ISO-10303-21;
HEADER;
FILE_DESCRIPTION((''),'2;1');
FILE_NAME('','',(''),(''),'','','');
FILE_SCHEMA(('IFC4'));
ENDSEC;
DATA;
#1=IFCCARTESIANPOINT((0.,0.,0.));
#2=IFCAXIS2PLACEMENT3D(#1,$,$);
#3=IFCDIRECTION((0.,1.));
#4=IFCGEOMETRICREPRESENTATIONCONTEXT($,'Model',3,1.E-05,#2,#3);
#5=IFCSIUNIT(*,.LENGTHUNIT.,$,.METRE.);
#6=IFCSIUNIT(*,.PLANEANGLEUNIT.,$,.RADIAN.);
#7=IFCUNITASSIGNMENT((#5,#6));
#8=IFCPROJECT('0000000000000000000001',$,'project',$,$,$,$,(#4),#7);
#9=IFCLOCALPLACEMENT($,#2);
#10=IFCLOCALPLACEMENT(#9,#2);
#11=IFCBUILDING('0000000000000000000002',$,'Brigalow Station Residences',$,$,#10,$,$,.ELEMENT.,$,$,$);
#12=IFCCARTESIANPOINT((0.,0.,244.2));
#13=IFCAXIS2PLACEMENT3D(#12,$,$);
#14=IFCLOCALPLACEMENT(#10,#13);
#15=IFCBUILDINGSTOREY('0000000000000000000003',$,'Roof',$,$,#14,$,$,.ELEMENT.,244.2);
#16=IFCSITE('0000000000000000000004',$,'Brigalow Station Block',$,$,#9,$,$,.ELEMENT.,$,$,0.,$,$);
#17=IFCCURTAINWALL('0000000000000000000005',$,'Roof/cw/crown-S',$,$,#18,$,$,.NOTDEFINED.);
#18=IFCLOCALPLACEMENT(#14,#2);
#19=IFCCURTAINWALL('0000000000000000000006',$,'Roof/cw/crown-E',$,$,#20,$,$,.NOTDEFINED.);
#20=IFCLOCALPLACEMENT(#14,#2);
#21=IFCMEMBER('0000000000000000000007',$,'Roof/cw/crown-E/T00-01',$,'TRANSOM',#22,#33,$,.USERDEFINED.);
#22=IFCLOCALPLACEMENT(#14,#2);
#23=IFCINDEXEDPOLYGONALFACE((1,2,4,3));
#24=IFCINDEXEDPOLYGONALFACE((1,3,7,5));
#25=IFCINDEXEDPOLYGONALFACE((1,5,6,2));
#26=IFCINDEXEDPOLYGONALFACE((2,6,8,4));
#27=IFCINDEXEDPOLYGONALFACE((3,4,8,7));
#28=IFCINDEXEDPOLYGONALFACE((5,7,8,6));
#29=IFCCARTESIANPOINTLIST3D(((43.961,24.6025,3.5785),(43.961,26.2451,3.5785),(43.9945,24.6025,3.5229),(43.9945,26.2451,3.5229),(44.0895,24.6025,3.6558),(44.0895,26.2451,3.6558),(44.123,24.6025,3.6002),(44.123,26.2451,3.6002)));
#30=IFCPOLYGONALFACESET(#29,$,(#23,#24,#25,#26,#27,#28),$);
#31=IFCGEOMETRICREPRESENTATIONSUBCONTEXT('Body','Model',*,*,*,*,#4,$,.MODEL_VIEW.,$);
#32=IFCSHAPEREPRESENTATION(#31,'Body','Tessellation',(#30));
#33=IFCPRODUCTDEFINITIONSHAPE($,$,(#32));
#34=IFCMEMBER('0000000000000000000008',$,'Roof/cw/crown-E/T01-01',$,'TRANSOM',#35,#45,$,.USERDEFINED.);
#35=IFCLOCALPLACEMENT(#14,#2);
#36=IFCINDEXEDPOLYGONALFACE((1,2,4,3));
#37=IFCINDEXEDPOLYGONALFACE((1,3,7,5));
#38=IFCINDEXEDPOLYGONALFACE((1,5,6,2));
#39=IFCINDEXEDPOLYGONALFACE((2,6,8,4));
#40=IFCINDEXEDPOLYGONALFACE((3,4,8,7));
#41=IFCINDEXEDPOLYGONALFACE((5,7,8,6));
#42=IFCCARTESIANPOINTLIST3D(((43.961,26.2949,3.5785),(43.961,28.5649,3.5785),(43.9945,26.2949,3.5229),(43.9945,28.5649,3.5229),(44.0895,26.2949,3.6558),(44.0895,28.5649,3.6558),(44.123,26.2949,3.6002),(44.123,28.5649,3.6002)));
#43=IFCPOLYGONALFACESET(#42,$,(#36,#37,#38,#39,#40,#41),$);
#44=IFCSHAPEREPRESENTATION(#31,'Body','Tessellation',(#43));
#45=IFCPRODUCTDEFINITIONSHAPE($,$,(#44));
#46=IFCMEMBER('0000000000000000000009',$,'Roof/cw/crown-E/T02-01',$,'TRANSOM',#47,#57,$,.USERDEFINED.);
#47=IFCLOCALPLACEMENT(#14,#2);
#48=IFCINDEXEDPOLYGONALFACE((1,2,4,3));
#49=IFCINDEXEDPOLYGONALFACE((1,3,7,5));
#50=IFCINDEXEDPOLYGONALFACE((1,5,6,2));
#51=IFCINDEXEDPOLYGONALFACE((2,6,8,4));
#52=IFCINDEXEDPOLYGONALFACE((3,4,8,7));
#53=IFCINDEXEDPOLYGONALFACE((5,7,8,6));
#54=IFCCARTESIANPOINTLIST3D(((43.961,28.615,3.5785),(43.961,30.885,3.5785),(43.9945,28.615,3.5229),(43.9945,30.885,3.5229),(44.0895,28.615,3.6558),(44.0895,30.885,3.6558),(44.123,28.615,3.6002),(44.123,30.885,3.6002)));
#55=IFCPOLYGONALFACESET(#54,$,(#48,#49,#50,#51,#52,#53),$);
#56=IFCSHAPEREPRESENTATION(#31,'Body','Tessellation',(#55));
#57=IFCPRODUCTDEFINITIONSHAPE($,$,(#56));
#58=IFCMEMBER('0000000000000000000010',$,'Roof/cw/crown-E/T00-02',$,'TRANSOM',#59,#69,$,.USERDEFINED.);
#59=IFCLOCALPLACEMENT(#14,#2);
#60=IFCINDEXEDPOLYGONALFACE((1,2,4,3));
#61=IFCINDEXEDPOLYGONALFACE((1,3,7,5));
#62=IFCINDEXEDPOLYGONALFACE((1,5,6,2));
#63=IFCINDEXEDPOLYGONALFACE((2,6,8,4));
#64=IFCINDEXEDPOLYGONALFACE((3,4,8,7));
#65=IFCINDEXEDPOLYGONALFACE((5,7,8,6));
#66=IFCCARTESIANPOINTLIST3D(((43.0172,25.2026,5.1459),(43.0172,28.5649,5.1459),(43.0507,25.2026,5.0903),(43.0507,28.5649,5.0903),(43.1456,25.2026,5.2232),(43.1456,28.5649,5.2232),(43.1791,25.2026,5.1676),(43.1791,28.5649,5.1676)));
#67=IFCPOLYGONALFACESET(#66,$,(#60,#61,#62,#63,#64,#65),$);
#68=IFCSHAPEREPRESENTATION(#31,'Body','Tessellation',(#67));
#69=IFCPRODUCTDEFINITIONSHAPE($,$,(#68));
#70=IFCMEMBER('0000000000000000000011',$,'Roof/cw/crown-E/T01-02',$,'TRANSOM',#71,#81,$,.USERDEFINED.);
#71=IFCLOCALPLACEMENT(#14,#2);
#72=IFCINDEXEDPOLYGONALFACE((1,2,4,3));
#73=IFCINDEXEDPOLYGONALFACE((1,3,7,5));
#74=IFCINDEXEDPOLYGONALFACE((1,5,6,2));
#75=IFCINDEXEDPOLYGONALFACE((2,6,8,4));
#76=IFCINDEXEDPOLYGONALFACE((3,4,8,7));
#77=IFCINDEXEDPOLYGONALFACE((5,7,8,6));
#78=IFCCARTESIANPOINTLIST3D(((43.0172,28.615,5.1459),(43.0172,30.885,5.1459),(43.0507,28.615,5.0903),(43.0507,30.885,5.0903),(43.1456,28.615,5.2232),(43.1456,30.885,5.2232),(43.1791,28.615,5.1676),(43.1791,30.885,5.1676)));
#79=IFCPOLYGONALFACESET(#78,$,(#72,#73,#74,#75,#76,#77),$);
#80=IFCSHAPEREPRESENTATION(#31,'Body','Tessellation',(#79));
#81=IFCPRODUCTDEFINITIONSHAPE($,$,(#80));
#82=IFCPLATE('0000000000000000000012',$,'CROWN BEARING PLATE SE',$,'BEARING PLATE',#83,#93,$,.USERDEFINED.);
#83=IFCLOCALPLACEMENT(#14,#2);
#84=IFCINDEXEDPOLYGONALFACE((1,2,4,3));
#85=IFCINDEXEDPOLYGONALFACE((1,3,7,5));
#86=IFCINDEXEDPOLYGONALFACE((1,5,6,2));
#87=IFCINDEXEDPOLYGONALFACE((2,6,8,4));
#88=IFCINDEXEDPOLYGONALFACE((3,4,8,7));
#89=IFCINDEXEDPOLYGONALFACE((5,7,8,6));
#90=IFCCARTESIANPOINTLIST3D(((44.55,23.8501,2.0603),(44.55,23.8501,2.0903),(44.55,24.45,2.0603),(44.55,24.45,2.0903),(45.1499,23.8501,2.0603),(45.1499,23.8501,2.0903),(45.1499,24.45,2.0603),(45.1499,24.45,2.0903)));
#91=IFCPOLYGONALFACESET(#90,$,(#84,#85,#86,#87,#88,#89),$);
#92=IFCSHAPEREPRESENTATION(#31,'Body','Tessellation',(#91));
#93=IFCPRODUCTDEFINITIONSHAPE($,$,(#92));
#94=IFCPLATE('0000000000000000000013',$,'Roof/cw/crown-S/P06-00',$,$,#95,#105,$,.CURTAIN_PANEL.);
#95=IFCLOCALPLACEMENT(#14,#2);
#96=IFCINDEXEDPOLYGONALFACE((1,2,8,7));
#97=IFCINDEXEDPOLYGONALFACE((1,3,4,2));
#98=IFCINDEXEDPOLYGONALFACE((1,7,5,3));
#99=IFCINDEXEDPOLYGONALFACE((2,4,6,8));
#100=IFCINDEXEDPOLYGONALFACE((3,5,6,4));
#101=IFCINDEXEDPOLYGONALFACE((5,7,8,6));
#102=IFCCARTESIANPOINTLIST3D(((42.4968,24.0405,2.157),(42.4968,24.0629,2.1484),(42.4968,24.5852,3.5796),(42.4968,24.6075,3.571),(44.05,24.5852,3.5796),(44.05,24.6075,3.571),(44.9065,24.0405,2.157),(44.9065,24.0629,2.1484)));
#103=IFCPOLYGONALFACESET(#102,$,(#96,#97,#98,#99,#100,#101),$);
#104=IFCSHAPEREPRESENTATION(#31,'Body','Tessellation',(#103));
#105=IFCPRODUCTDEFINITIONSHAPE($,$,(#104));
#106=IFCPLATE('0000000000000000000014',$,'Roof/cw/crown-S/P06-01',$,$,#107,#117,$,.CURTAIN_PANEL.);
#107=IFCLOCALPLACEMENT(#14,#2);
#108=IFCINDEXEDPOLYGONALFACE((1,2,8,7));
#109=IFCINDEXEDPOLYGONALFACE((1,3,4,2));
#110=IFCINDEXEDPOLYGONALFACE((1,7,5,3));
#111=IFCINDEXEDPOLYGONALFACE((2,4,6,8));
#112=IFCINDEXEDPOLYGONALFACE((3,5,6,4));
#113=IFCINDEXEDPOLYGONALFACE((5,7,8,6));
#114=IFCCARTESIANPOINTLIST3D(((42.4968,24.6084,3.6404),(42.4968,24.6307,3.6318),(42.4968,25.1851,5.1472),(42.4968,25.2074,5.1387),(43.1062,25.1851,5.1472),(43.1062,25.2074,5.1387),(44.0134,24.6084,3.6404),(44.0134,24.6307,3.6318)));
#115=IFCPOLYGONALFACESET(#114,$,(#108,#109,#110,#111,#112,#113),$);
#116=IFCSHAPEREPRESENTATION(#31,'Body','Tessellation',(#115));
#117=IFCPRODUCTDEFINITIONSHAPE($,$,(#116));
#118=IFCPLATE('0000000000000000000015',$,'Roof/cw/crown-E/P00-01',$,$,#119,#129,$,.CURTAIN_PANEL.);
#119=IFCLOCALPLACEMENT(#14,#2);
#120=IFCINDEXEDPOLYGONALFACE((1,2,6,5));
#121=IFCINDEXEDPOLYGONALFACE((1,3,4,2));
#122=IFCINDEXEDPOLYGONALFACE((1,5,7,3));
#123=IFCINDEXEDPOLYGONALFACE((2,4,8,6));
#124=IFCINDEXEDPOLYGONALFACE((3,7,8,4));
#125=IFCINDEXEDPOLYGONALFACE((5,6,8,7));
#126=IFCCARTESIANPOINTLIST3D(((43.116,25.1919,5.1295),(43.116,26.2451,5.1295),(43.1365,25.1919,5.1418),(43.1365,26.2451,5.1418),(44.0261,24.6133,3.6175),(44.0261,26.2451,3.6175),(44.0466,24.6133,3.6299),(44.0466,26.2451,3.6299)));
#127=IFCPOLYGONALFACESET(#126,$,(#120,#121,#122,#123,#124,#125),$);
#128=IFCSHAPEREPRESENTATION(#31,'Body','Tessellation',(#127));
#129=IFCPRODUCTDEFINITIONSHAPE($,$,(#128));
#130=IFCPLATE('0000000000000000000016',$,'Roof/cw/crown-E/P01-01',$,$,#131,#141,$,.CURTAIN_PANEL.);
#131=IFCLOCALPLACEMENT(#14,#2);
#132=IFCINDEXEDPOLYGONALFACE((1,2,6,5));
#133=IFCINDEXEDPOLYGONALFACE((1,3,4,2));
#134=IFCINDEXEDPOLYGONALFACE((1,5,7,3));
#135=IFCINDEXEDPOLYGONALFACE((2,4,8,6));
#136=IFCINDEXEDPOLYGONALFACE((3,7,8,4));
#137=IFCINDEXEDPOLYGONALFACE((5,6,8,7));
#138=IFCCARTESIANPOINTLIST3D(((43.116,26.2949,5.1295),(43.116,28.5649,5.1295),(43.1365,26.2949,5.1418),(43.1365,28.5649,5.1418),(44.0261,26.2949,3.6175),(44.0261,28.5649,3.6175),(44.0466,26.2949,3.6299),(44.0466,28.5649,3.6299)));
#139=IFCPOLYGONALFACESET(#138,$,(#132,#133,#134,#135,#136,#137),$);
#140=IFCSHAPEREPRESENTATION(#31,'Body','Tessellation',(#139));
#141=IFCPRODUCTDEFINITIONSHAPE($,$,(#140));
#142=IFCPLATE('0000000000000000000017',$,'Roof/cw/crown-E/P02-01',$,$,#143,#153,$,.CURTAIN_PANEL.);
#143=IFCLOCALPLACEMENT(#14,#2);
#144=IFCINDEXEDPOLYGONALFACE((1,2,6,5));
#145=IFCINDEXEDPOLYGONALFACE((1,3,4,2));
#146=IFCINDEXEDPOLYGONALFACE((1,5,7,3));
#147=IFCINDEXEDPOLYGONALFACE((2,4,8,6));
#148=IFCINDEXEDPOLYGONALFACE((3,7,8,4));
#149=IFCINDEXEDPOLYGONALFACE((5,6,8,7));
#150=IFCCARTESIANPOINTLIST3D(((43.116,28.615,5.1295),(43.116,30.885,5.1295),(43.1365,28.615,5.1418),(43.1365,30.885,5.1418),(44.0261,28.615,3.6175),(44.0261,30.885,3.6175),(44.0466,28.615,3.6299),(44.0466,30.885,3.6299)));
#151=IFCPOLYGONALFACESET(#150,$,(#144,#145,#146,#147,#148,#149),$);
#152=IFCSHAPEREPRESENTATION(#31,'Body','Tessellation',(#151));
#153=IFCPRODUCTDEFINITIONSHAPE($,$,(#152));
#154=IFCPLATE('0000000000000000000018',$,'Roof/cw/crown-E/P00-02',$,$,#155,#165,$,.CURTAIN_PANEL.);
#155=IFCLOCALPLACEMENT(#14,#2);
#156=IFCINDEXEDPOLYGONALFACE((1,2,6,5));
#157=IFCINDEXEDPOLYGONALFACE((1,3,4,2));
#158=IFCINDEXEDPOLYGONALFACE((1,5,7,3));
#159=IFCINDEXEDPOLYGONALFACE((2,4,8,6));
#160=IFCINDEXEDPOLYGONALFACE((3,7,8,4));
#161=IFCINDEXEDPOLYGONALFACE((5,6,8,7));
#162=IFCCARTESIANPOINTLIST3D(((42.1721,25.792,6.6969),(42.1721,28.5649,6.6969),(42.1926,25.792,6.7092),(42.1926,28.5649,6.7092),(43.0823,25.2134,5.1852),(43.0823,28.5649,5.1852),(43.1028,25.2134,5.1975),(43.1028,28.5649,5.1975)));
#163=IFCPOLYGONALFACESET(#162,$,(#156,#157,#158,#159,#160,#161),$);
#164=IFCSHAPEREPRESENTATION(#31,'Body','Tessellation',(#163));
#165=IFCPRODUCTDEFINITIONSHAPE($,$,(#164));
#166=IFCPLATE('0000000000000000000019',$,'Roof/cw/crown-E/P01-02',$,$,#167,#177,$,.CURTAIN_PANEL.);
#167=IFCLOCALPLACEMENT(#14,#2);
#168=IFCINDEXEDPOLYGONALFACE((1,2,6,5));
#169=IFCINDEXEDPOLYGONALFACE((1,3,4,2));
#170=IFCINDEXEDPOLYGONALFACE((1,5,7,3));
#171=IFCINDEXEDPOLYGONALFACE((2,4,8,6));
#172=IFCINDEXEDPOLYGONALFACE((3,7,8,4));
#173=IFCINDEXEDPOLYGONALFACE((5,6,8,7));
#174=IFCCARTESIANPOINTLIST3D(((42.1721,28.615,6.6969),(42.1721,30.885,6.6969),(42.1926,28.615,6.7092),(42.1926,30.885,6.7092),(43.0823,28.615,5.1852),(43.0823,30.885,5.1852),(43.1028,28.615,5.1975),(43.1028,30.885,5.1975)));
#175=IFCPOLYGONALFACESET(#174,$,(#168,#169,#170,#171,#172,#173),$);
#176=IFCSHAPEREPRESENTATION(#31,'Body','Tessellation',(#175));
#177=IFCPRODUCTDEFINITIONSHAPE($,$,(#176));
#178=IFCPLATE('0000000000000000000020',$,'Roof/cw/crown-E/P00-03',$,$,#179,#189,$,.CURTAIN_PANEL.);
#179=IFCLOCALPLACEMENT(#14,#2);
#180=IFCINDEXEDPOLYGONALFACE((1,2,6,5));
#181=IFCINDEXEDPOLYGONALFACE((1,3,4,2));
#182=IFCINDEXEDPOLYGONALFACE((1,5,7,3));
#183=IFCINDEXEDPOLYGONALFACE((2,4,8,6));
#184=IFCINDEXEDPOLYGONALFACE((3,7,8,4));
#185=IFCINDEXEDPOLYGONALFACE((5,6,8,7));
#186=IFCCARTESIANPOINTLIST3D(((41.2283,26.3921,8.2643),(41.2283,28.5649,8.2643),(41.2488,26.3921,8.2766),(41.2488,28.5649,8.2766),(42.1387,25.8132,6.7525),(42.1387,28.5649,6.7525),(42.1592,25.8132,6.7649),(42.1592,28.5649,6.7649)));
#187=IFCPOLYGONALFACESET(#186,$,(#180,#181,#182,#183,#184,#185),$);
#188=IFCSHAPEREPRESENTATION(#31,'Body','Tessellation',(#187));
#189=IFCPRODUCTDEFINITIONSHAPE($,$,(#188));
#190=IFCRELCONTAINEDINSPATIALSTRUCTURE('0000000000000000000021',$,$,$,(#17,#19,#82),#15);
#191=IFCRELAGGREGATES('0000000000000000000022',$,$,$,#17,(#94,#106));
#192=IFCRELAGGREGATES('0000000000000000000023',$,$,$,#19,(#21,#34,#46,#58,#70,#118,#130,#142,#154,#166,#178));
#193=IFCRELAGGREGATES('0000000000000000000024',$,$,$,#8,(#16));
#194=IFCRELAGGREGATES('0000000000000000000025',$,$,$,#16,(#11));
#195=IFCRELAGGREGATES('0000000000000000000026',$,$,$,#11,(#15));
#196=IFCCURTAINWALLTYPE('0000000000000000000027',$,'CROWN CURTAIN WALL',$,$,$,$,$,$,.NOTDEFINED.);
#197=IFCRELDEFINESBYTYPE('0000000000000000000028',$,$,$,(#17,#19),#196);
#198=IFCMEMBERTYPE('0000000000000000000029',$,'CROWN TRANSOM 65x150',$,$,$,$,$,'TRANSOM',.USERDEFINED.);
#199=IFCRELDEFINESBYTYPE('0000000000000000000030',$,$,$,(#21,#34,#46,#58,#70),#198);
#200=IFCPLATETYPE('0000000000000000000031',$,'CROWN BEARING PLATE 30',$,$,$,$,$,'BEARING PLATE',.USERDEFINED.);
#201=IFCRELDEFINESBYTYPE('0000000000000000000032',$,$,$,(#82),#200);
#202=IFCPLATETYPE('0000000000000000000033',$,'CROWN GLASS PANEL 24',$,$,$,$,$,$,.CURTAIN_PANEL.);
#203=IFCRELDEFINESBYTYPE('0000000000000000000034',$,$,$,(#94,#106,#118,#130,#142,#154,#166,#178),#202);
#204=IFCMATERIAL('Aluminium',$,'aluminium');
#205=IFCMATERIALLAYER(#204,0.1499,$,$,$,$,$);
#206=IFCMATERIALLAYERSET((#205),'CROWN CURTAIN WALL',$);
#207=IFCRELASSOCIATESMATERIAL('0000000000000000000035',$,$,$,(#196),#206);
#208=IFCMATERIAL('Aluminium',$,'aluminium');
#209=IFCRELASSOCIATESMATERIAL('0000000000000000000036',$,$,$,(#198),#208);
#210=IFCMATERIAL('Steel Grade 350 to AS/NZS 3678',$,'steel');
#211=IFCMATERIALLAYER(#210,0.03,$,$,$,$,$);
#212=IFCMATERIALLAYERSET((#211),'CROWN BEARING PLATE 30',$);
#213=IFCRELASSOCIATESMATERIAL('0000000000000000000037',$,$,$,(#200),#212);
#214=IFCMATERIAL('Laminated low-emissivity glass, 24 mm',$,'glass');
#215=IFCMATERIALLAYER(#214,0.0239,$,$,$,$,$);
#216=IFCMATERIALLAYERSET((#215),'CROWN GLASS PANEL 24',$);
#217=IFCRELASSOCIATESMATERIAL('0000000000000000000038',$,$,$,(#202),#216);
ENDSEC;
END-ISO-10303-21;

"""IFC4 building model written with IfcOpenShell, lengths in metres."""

from ifc_helpers import new_model, si_unit, direction, frame, origin, origin_2d, place, context, subcontext, project, spatial, polyline, rectangle, outline, extrude, material, layer, layer_set, material_profile, profile_set, type_object, element, aggregate, save


model = new_model("IFC4")

# Units and contexts
model_context = context("Model", 3, precision=1e-05, world=origin(), true_north=direction((0.0, 1.0)))
body_context = subcontext(model_context, "Body", "Model", "MODEL_VIEW")
ifc_project = project(units=[si_unit("LENGTHUNIT", "METRE"), si_unit("PLANEANGLEUNIT", "RADIAN")], contexts=[model_context])

# Site, building, storey
site_placement = place(None, origin())
site = spatial("IfcSite", under=ifc_project, at=site_placement, Name="Brigalow Station Block", CompositionType="ELEMENT", RefElevation=0.0)
building_placement = place(site_placement, origin())
building = spatial("IfcBuilding", under=site, at=building_placement, Name="Brigalow Station Residences", CompositionType="ELEMENT")
storey_placement = place(building_placement, frame((0.0, 0.0, 244.2)))
storey = spatial("IfcBuildingStorey", under=building, at=storey_placement, Name="Roof", CompositionType="ELEMENT", Elevation=244.2)

# Curtain walls, members
ifc_material_1 = material(Name="Aluminium", Category="aluminium")
ifc_layer_1 = layer(ifc_material_1, 0.1499)
ifc_layer_set_1 = layer_set([ifc_layer_1], Name="CROWN CURTAIN WALL")
curtain_wall_type = type_object("IfcCurtainWallType", Name="CROWN CURTAIN WALL", PredefinedType="NOTDEFINED", material=ifc_layer_set_1)
curtain_wall_1_placement = place(storey_placement, origin())
curtain_wall_1 = element("IfcCurtainWall", 1, at=curtain_wall_1_placement, inside=storey, type_object=curtain_wall_type, Name="Roof/cw/crown-S", PredefinedType="NOTDEFINED")
ifc_material_2 = material(Name="Aluminium", Category="aluminium")
ifc_material_profile_1 = material_profile(ifc_material_2, rectangle(XDim=0.0649, YDim=0.1499, at=origin_2d()), Name="CROWN TRANSOM 65x150")
ifc_profile_set_1 = profile_set([ifc_material_profile_1], Name="Aluminium")
member_type_1 = type_object("IfcMemberType", Name="CROWN TRANSOM 65x150", ElementType="TRANSOM", PredefinedType="USERDEFINED", material=ifc_profile_set_1)
curtain_wall_2_placement = place(storey_placement, origin())
curtain_wall_2 = element("IfcCurtainWall", 2, at=curtain_wall_2_placement, inside=storey, type_object=curtain_wall_type, Name="Roof/cw/crown-E", PredefinedType="NOTDEFINED")
member_1_placement = place(storey_placement, frame((44.042, 24.6025, 3.5894), z_axis=(0.0, 1.0, 0.0), x_axis=(-0.515813, 0.0, 0.856701)))
member_1 = element("IfcMember", 3, at=member_1_placement, type_object=member_type_1, Name="Roof/cw/crown-E/T00-01", ObjectType="TRANSOM", PredefinedType="USERDEFINED", context=body_context, shape_type="SweptSolid", body=[
    extrude(rectangle(XDim=0.0649, YDim=0.1499, at=origin_2d()), origin(), (0.0, 0.0, 1.0), 1.6426),
])
member_2_placement = place(storey_placement, frame((44.042, 26.2949, 3.5894), z_axis=(0.0, 1.0, 0.0), x_axis=(-0.515813, 0.0, 0.856701)))
member_2 = element("IfcMember", 4, at=member_2_placement, type_object=member_type_1, Name="Roof/cw/crown-E/T01-01", ObjectType="TRANSOM", PredefinedType="USERDEFINED", context=body_context, shape_type="SweptSolid", body=[
    extrude(rectangle(XDim=0.0649, YDim=0.1499, at=origin_2d()), origin(), (0.0, 0.0, 1.0), 2.27),
])
member_3_placement = place(storey_placement, frame((44.042, 28.615, 3.5894), z_axis=(0.0, 1.0, 0.0), x_axis=(-0.515813, 0.0, 0.856701)))
member_3 = element("IfcMember", 5, at=member_3_placement, type_object=member_type_1, Name="Roof/cw/crown-E/T02-01", ObjectType="TRANSOM", PredefinedType="USERDEFINED", context=body_context, shape_type="SweptSolid", body=[
    extrude(rectangle(XDim=0.0649, YDim=0.1499, at=origin_2d()), origin(), (0.0, 0.0, 1.0), 2.27),
])
member_4_placement = place(storey_placement, frame((43.0981, 25.2026, 5.1567), z_axis=(0.0, 1.0, 0.0), x_axis=(-0.515813, 0.0, 0.856701)))
member_4 = element("IfcMember", 6, at=member_4_placement, type_object=member_type_1, Name="Roof/cw/crown-E/T00-02", ObjectType="TRANSOM", PredefinedType="USERDEFINED", context=body_context, shape_type="SweptSolid", body=[
    extrude(rectangle(XDim=0.0649, YDim=0.1499, at=origin_2d()), origin(), (0.0, 0.0, 1.0), 3.3623),
])
member_5_placement = place(storey_placement, frame((43.0981, 28.615, 5.1567), z_axis=(0.0, 1.0, 0.0), x_axis=(-0.515813, 0.0, 0.856701)))
member_5 = element("IfcMember", 7, at=member_5_placement, type_object=member_type_1, Name="Roof/cw/crown-E/T01-02", ObjectType="TRANSOM", PredefinedType="USERDEFINED", context=body_context, shape_type="SweptSolid", body=[
    extrude(rectangle(XDim=0.0649, YDim=0.1499, at=origin_2d()), origin(), (0.0, 0.0, 1.0), 2.27),
])

# Plates
ifc_material_3 = material(Name="Steel Grade 350 to AS/NZS 3678", Category="steel")
ifc_layer_2 = layer(ifc_material_3, 0.03)
ifc_layer_set_2 = layer_set([ifc_layer_2], Name="CROWN BEARING PLATE 30")
plate_type_1 = type_object("IfcPlateType", Name="CROWN BEARING PLATE 30", ElementType="BEARING PLATE", PredefinedType="USERDEFINED", material=ifc_layer_set_2)
plate_1_placement = place(storey_placement, frame((44.55, 23.8501, 2.0903), z_axis=(0.0, 0.0, 1.0), x_axis=(1.0, 0.0, 0.0)))
element("IfcPlate", 8, at=plate_1_placement, inside=storey, type_object=plate_type_1, Name="CROWN BEARING PLATE SE", ObjectType="BEARING PLATE", PredefinedType="USERDEFINED", context=body_context, shape_type="SweptSolid", body=[
    extrude(outline(polyline([(0.0, 0.0), (0.5999, 0.0), (0.5999, 0.5999), (0.0, 0.5999), (0.0, 0.0)])), origin(), (0.0, 0.0, -1.0), 0.03),
])
ifc_material_4 = material(Name="Laminated low-emissivity glass, 24 mm", Category="glass")
ifc_layer_3 = layer(ifc_material_4, 0.0239)
ifc_layer_set_3 = layer_set([ifc_layer_3], Name="CROWN GLASS PANEL 24")
plate_type_2 = type_object("IfcPlateType", Name="CROWN GLASS PANEL 24", PredefinedType="CURTAIN_PANEL", material=ifc_layer_set_3)
plate_2_placement = place(storey_placement, frame((42.4968, 24.0405, 2.157), z_axis=(0.0, -0.93389, 0.357561), x_axis=(1.0, 0.0, 0.0)))
plate_2 = element("IfcPlate", 9, at=plate_2_placement, type_object=plate_type_2, Name="Roof/cw/crown-S/P06-00", PredefinedType="CURTAIN_PANEL", context=body_context, shape_type="SweptSolid", body=[
    extrude(outline(polyline([(0.0, 0.0), (2.4097, 0.0), (1.5532, 1.5233), (0.0, 1.5233), (0.0, 0.0)])), origin(), (0.0, 0.0, -1.0), 0.0239),
])
plate_3_placement = place(storey_placement, frame((42.4968, 24.6084, 3.6404), z_axis=(0.0, -0.933945, 0.357417), x_axis=(1.0, 0.0, 0.0)))
plate_3 = element("IfcPlate", 10, at=plate_3_placement, type_object=plate_type_2, Name="Roof/cw/crown-S/P06-01", PredefinedType="CURTAIN_PANEL", context=body_context, shape_type="SweptSolid", body=[
    extrude(outline(polyline([(0.0, 0.0), (1.5166, 0.0), (0.6094, 1.6134), (0.0, 1.6134), (0.0, 0.0)])), origin(), (0.0, 0.0, -1.0), 0.0239),
])
aggregate(curtain_wall_1, [plate_2, plate_3])
plate_4_placement = place(storey_placement, frame((44.0466, 24.6133, 3.6299), z_axis=(0.856747, 0.0, 0.515736), x_axis=(0.0, 1.0, 0.0)))
plate_4 = element("IfcPlate", 11, at=plate_4_placement, type_object=plate_type_2, Name="Roof/cw/crown-E/P00-01", PredefinedType="CURTAIN_PANEL", context=body_context, shape_type="SweptSolid", body=[
    extrude(outline(polyline([(0.0, 0.0), (1.6318, 0.0), (1.6318, 1.7648), (0.5786, 1.7648), (0.0, 0.0)])), origin(), (0.0, 0.0, -1.0), 0.0239),
])
plate_5_placement = place(storey_placement, frame((44.0466, 26.2949, 3.6299), z_axis=(0.856747, 0.0, 0.515736), x_axis=(0.0, 1.0, 0.0)))
plate_5 = element("IfcPlate", 12, at=plate_5_placement, type_object=plate_type_2, Name="Roof/cw/crown-E/P01-01", PredefinedType="CURTAIN_PANEL", context=body_context, shape_type="SweptSolid", body=[
    extrude(outline(polyline([(0.0, 0.0), (2.27, 0.0), (2.27, 1.7648), (0.0, 1.7648), (0.0, 0.0)])), origin(), (0.0, 0.0, -1.0), 0.0239),
])
plate_6_placement = place(storey_placement, frame((44.0466, 28.615, 3.6299), z_axis=(0.856747, 0.0, 0.515736), x_axis=(0.0, 1.0, 0.0)))
plate_6 = element("IfcPlate", 13, at=plate_6_placement, type_object=plate_type_2, Name="Roof/cw/crown-E/P02-01", PredefinedType="CURTAIN_PANEL", context=body_context, shape_type="SweptSolid", body=[
    extrude(outline(polyline([(0.0, 0.0), (2.27, 0.0), (2.27, 1.7648), (0.0, 1.7648), (0.0, 0.0)])), origin(), (0.0, 0.0, -1.0), 0.0239),
])
plate_7_placement = place(storey_placement, frame((43.1028, 25.2134, 5.1975), z_axis=(0.856711, 0.0, 0.515797), x_axis=(0.0, 1.0, 0.0)))
plate_7 = element("IfcPlate", 14, at=plate_7_placement, type_object=plate_type_2, Name="Roof/cw/crown-E/P00-02", PredefinedType="CURTAIN_PANEL", context=body_context, shape_type="SweptSolid", body=[
    extrude(outline(polyline([(0.0, 0.0), (3.3516, 0.0), (3.3516, 1.7646), (0.5786, 1.7646), (0.0, 0.0)])), origin(), (0.0, 0.0, -1.0), 0.0239),
])
plate_8_placement = place(storey_placement, frame((43.1028, 28.615, 5.1975), z_axis=(0.856711, 0.0, 0.515797), x_axis=(0.0, 1.0, 0.0)))
plate_8 = element("IfcPlate", 15, at=plate_8_placement, type_object=plate_type_2, Name="Roof/cw/crown-E/P01-02", PredefinedType="CURTAIN_PANEL", context=body_context, shape_type="SweptSolid", body=[
    extrude(outline(polyline([(0.0, 0.0), (2.27, 0.0), (2.27, 1.7646), (0.0, 1.7646), (0.0, 0.0)])), origin(), (0.0, 0.0, -1.0), 0.0239),
])
plate_9_placement = place(storey_placement, frame((42.1592, 25.8132, 6.7649), z_axis=(0.856649, 0.0, 0.515899), x_axis=(0.0, 1.0, 0.0)))
plate_9 = element("IfcPlate", 16, at=plate_9_placement, type_object=plate_type_2, Name="Roof/cw/crown-E/P00-03", PredefinedType="CURTAIN_PANEL", context=body_context, shape_type="SweptSolid", body=[
    extrude(outline(polyline([(0.0, 0.0), (2.7517, 0.0), (2.7517, 1.7647), (0.5789, 1.7647), (0.0, 0.0)])), origin(), (0.0, 0.0, -1.0), 0.0239),
])
aggregate(curtain_wall_2, [member_1, member_2, member_3, member_4, member_5, plate_4, plate_5, plate_6, plate_7, plate_8, plate_9])

save(model, "model.ifc")
